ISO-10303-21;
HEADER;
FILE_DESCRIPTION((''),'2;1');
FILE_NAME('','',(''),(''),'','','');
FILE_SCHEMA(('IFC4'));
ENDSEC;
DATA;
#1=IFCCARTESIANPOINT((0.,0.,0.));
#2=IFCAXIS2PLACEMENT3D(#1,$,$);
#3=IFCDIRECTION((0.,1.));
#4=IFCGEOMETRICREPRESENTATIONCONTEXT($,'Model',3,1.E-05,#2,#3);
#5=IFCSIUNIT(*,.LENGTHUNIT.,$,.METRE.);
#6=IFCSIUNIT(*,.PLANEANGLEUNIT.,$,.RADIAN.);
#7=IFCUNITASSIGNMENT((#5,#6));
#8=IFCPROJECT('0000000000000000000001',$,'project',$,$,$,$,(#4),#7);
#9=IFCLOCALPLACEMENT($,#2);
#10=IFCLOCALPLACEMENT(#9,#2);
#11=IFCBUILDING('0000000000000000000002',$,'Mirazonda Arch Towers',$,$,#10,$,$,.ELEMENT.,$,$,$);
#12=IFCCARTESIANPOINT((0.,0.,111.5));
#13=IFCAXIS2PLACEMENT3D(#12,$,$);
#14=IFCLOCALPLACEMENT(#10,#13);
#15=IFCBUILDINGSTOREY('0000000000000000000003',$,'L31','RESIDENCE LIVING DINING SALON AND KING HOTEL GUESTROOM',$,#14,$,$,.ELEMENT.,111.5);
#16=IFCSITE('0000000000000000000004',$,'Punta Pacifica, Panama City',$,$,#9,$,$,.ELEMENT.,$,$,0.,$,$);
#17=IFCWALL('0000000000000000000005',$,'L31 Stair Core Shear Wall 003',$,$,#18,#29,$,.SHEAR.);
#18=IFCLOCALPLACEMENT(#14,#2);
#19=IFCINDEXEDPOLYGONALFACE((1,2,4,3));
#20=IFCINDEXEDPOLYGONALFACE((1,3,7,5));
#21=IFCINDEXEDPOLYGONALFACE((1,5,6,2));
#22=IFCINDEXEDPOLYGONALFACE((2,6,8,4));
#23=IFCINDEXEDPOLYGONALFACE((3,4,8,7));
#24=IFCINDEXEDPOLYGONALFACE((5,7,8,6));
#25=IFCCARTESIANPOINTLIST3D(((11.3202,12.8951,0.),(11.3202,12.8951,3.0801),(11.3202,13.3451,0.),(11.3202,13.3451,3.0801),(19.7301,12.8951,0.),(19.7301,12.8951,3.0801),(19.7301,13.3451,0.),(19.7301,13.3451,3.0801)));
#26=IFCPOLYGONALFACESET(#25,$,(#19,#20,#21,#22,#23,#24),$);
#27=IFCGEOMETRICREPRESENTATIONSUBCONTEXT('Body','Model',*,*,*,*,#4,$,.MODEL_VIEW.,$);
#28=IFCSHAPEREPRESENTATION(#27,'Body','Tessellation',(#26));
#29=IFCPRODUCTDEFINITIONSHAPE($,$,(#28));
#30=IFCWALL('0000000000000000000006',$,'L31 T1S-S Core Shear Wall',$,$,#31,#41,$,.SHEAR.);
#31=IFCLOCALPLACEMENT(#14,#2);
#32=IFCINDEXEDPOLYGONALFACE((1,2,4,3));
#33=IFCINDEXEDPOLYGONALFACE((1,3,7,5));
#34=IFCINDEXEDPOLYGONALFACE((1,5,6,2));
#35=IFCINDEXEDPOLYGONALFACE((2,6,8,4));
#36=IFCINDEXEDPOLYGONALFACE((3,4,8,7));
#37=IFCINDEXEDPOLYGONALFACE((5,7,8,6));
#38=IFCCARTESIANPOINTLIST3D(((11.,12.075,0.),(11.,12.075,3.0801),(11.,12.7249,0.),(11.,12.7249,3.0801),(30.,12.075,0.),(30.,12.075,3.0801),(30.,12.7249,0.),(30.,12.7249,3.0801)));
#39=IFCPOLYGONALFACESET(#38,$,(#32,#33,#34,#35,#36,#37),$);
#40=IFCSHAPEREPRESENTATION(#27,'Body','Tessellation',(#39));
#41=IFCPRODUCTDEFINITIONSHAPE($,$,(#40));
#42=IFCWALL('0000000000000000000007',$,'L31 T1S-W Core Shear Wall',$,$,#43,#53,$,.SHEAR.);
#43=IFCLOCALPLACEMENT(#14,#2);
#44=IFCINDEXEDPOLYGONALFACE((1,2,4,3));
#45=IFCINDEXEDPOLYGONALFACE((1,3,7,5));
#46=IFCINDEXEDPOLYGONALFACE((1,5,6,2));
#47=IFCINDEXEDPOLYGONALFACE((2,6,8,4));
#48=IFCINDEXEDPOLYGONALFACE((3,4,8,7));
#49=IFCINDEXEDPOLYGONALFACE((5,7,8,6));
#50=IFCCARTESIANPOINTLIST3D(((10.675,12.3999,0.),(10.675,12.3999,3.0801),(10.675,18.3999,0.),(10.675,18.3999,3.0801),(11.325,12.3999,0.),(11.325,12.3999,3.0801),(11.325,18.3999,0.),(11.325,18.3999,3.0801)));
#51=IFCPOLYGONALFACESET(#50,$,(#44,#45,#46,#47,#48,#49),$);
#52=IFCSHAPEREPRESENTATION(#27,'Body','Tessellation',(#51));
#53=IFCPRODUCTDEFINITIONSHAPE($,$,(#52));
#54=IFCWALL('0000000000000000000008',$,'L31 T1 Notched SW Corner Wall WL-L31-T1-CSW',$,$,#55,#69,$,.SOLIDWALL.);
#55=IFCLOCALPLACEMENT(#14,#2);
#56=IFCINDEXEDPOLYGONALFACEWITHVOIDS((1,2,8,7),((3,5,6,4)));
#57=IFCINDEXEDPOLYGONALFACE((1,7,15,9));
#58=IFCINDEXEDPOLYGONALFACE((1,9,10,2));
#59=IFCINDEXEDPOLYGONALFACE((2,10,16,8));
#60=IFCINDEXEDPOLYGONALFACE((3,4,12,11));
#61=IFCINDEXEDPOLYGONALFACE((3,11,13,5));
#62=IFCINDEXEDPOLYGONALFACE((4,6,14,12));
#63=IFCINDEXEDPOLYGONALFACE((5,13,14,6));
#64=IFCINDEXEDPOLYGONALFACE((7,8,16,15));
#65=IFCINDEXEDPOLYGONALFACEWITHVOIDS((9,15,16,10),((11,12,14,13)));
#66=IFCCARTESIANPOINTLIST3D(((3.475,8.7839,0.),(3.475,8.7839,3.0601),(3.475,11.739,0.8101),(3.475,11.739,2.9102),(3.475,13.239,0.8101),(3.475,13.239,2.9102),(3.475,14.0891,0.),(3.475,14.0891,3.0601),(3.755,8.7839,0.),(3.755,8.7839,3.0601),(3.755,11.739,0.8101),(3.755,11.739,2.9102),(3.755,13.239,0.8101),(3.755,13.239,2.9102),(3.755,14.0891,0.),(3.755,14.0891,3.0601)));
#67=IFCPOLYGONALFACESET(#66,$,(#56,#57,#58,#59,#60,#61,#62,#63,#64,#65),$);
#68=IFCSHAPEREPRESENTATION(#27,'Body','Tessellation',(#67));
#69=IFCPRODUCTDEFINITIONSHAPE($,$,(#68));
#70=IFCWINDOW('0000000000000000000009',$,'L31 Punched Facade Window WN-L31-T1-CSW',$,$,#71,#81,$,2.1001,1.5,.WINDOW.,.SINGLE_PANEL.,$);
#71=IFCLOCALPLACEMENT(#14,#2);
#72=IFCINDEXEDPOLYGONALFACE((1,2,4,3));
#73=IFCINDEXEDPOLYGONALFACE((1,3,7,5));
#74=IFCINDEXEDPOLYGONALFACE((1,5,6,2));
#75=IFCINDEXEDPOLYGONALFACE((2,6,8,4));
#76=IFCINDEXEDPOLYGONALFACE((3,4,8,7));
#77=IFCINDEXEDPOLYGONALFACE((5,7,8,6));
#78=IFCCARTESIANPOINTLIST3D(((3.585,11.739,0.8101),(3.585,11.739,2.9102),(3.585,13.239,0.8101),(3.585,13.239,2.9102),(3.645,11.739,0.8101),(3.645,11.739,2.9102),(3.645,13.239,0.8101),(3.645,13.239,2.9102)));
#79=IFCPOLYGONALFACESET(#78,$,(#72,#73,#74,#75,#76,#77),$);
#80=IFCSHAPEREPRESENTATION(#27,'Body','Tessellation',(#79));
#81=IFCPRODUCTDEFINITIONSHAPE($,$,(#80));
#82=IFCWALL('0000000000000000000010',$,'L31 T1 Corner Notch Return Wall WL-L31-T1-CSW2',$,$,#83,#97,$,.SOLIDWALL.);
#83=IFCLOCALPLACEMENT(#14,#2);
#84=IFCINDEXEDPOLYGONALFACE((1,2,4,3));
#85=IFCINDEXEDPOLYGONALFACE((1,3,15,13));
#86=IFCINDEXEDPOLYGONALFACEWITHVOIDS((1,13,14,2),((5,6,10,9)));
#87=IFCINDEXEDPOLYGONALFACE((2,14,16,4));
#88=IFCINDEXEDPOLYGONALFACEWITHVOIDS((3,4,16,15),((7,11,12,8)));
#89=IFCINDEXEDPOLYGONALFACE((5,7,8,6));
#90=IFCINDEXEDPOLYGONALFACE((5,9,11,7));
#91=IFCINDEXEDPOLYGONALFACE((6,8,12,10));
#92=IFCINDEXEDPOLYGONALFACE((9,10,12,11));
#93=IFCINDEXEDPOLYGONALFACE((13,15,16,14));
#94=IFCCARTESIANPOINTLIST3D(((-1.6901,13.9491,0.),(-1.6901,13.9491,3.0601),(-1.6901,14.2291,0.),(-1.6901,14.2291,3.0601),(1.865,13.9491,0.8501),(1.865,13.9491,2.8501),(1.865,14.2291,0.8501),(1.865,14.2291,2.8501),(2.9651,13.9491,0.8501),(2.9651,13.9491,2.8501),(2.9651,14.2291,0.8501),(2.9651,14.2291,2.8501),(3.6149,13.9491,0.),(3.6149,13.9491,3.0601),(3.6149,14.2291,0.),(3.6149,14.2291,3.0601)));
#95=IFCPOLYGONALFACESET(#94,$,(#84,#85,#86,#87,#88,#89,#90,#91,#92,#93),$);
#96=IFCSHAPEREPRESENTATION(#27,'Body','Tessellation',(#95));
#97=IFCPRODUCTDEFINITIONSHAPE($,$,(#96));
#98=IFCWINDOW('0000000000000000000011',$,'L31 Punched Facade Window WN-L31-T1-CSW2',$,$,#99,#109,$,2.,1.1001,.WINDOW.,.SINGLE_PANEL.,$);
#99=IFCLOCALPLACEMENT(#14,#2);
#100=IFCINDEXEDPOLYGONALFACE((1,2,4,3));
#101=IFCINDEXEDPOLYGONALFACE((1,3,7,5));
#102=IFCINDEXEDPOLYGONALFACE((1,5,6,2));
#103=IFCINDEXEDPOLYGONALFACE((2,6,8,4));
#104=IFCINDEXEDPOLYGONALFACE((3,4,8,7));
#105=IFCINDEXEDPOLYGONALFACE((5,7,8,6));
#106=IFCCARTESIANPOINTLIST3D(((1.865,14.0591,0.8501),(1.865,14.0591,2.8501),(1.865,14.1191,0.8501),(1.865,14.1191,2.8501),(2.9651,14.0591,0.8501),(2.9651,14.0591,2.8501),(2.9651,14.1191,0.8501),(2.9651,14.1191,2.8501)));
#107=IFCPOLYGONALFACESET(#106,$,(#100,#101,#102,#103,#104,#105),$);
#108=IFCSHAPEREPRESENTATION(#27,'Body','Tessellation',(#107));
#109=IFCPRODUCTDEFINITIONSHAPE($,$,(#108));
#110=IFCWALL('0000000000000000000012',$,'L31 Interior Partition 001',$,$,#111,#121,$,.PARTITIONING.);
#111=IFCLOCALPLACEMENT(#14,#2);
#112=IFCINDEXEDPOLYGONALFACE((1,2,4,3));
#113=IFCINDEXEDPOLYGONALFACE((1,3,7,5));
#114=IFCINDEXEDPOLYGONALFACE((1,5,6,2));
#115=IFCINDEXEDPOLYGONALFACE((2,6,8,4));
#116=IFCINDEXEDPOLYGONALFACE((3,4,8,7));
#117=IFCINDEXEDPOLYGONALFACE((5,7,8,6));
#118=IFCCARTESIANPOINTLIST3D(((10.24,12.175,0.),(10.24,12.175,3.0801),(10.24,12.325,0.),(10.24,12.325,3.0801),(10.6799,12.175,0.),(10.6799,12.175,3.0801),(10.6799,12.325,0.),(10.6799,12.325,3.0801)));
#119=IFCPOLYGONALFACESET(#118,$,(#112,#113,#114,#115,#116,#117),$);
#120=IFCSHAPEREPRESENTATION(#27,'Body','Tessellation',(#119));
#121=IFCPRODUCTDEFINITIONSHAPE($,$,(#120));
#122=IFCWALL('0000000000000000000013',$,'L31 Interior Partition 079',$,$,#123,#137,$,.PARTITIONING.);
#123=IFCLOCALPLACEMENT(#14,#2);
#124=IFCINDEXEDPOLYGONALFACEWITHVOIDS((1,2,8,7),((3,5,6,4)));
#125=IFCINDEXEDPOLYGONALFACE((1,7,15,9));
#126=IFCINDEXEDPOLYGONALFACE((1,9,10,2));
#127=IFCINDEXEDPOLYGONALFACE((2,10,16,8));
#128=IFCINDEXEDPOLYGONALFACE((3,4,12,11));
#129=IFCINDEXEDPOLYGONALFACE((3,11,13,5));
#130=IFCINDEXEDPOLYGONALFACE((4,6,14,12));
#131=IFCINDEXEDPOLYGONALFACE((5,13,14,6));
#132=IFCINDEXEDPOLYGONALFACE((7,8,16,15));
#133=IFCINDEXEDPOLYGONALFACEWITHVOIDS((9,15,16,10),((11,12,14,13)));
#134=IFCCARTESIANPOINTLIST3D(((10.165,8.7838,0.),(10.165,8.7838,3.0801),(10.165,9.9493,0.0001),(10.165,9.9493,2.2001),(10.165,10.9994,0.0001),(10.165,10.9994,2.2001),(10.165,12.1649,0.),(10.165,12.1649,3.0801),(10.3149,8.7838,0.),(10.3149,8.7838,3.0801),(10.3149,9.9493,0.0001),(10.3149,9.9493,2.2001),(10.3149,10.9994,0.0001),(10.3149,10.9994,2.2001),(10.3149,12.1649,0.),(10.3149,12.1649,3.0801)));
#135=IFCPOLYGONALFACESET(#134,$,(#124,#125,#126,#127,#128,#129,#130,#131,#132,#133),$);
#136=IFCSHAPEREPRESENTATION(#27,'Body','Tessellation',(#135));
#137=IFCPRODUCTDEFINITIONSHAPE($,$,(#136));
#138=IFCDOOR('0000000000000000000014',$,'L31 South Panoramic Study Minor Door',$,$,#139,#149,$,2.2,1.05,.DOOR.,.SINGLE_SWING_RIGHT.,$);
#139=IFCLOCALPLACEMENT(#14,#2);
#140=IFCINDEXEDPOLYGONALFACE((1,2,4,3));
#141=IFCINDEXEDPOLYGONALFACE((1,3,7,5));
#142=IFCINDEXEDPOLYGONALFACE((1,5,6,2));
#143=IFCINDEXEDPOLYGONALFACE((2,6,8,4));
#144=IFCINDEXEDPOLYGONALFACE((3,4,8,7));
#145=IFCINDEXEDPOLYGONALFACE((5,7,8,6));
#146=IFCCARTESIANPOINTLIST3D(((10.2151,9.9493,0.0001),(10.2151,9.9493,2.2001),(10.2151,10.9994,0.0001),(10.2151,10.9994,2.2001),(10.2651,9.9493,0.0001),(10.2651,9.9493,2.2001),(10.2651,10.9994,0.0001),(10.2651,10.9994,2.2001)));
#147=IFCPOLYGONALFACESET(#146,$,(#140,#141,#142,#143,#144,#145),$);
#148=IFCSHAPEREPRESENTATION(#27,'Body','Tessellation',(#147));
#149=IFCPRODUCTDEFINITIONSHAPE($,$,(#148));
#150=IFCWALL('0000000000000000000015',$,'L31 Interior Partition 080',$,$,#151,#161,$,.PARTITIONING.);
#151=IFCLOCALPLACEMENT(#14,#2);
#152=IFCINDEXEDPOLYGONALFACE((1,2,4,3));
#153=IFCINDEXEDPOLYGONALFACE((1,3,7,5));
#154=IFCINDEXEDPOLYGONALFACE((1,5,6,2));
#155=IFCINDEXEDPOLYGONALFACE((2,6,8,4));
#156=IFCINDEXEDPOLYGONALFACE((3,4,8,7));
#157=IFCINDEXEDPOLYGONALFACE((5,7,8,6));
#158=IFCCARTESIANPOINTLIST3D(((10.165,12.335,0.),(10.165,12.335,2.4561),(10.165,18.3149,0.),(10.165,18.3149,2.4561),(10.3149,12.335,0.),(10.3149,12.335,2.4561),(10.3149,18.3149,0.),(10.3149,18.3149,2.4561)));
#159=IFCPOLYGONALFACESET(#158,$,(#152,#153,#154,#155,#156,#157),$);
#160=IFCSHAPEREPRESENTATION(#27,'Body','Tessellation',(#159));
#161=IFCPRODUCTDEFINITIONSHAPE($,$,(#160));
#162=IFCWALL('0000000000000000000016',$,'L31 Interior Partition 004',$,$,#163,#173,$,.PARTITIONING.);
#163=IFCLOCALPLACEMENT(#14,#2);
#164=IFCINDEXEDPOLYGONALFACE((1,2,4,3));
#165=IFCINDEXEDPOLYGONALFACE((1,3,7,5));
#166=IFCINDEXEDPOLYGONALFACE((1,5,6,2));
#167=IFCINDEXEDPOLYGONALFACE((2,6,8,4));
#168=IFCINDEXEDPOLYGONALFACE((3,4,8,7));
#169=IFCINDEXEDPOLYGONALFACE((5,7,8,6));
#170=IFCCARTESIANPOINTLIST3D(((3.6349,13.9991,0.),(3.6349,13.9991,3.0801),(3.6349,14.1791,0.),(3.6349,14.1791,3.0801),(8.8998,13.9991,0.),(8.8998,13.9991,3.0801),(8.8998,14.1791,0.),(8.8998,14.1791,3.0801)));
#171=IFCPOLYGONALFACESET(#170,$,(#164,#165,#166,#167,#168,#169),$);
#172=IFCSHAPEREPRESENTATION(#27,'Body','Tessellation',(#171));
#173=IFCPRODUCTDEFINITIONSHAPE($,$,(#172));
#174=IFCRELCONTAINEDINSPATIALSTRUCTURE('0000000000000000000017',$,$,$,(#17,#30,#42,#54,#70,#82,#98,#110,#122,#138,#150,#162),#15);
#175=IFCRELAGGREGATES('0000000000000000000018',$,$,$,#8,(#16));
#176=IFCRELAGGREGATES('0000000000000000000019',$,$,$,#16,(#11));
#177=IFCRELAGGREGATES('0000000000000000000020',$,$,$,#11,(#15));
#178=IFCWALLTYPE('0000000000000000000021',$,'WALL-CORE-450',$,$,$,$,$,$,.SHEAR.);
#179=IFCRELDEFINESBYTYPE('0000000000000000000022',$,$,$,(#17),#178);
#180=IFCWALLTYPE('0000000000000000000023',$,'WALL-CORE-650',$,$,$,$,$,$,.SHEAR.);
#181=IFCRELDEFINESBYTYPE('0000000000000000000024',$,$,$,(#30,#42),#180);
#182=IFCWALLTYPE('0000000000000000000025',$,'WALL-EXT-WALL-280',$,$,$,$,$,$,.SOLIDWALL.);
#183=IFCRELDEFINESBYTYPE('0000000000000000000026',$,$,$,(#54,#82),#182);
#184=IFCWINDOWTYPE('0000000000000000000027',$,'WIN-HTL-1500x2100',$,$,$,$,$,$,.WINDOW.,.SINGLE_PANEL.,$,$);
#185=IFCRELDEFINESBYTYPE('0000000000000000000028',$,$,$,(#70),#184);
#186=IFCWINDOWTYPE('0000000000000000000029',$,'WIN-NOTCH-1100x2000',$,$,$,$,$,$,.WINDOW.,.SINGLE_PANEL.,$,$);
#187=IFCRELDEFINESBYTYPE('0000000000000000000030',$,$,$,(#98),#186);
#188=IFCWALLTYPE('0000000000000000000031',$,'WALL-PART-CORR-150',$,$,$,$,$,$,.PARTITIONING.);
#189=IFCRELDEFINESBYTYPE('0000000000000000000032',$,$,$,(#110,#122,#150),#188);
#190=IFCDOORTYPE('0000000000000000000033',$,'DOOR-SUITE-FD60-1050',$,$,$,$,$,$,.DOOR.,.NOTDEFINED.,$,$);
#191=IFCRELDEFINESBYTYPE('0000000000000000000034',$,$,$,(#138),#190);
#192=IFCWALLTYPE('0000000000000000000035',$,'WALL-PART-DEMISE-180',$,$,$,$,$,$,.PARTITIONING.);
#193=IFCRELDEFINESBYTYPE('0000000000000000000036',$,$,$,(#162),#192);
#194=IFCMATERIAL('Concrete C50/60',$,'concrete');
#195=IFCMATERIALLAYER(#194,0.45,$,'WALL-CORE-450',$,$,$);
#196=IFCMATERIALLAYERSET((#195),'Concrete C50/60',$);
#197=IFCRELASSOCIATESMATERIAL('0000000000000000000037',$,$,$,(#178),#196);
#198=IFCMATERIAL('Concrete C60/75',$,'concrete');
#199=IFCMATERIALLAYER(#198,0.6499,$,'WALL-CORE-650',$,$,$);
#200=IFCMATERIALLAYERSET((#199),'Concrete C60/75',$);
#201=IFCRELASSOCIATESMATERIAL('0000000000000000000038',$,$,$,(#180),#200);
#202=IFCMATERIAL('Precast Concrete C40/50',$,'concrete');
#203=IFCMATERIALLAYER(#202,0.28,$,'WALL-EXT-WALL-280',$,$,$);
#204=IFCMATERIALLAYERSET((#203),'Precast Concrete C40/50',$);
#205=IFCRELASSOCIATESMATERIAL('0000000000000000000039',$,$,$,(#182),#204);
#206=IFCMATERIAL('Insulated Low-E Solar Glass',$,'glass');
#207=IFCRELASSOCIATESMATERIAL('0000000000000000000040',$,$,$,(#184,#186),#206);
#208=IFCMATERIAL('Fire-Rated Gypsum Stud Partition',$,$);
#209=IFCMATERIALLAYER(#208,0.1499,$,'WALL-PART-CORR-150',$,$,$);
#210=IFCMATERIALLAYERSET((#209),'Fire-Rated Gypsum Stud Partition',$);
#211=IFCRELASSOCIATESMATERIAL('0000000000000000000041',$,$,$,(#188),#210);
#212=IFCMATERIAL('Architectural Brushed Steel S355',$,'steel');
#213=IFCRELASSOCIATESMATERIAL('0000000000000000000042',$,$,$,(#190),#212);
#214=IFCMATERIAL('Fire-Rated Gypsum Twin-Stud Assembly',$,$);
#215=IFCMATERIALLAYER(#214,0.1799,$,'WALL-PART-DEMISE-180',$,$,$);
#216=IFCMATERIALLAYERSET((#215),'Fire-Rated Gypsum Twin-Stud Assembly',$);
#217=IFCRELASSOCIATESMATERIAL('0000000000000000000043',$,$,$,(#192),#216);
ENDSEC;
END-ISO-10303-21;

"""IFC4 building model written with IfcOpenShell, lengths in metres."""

from ifc_helpers import new_model, si_unit, direction, frame, frame_2d, origin, place, context, subcontext, project, spatial, rectangle, extrude, material, layer, layer_set, type_object, element, fill, save


model = new_model("IFC4")

# Units and contexts
model_context = context("Model", 3, precision=1e-05, world=origin(), true_north=direction((0.0, 1.0)))
body_context = subcontext(model_context, "Body", "Model", "MODEL_VIEW")
ifc_project = project(units=[si_unit("LENGTHUNIT", "METRE"), si_unit("PLANEANGLEUNIT", "RADIAN")], contexts=[model_context])

# Site, building, storey
site_placement = place(None, origin())
site = spatial("IfcSite", under=ifc_project, at=site_placement, Name="Punta Pacifica, Panama City", CompositionType="ELEMENT", RefElevation=0.0)
building_placement = place(site_placement, origin())
building = spatial("IfcBuilding", under=site, at=building_placement, Name="Mirazonda Arch Towers", CompositionType="ELEMENT")
storey_placement = place(building_placement, frame((0.0, 0.0, 111.5)))
storey = spatial("IfcBuildingStorey", under=building, at=storey_placement, Name="L31", Description="RESIDENCE LIVING DINING SALON AND KING HOTEL GUESTROOM", CompositionType="ELEMENT", Elevation=111.5)

# Shared definitions
ifc_material_1 = material(Name="Concrete C50/60", Category="concrete")
ifc_material_2 = material(Name="Concrete C60/75", Category="concrete")

# Shared definitions
ifc_material_3 = material(Name="Insulated Low-E Solar Glass", Category="glass")

# Walls
ifc_layer_1 = layer(ifc_material_1, 0.45, Name="WALL-CORE-450")
ifc_layer_set_1 = layer_set([ifc_layer_1], Name="Concrete C50/60")
wall_type_1 = type_object("IfcWallType", Name="WALL-CORE-450", PredefinedType="SHEAR", material=ifc_layer_set_1)
wall_1_placement = place(storey_placement, frame((11.3201, 13.1201, 0.0), z_axis=(0.0, 0.0, 1.0), x_axis=(1.0, 0.0, 0.0)))
element("IfcWall", 1, at=wall_1_placement, inside=storey, type_object=wall_type_1, Name="L31 Stair Core Shear Wall 003", PredefinedType="SHEAR", context=body_context, shape_type="SweptSolid", body=[
    extrude(rectangle(XDim=8.4099, YDim=0.45, at=frame_2d((4.2051, 0.0))), origin(), (0.0, 0.0, 1.0), 3.0801),
])
ifc_layer_2 = layer(ifc_material_2, 0.6499, Name="WALL-CORE-650")
ifc_layer_set_2 = layer_set([ifc_layer_2], Name="Concrete C60/75")
wall_type_2 = type_object("IfcWallType", Name="WALL-CORE-650", PredefinedType="SHEAR", material=ifc_layer_set_2)
wall_2_placement = place(storey_placement, frame((11.0, 12.3999, 0.0), z_axis=(0.0, 0.0, 1.0), x_axis=(1.0, 0.0, 0.0)))
element("IfcWall", 2, at=wall_2_placement, inside=storey, type_object=wall_type_2, Name="L31 T1S-S Core Shear Wall", PredefinedType="SHEAR", context=body_context, shape_type="SweptSolid", body=[
    extrude(rectangle(XDim=19.0, YDim=0.6499, at=frame_2d((9.5, 0.0))), origin(), (0.0, 0.0, 1.0), 3.0801),
])
wall_3_placement = place(storey_placement, frame((11.0, 12.3999, 0.0), z_axis=(0.0, 0.0, 1.0), x_axis=(0.0, 1.0, 0.0)))
element("IfcWall", 3, at=wall_3_placement, inside=storey, type_object=wall_type_2, Name="L31 T1S-W Core Shear Wall", PredefinedType="SHEAR", context=body_context, shape_type="SweptSolid", body=[
    extrude(rectangle(XDim=6.0, YDim=0.6499, at=frame_2d((3.0, 0.0))), origin(), (0.0, 0.0, 1.0), 3.0801),
])

# Walls, openings, windows
ifc_material_4 = material(Name="Precast Concrete C40/50", Category="concrete")
ifc_layer_3 = layer(ifc_material_4, 0.28, Name="WALL-EXT-WALL-280")
ifc_layer_set_3 = layer_set([ifc_layer_3], Name="Precast Concrete C40/50")
wall_type_3 = type_object("IfcWallType", Name="WALL-EXT-WALL-280", PredefinedType="SOLIDWALL", material=ifc_layer_set_3)
wall_4_placement = place(storey_placement, frame((3.615, 14.0891, 0.0), z_axis=(0.0, 0.0, 1.0), x_axis=(0.0, -1.0, 0.0)))
wall_4 = element("IfcWall", 4, at=wall_4_placement, inside=storey, type_object=wall_type_3, Name="L31 T1 Notched SW Corner Wall WL-L31-T1-CSW", PredefinedType="SOLIDWALL", context=body_context, shape_type="SweptSolid", body=[
    extrude(rectangle(XDim=5.3052, YDim=0.28, at=frame_2d((2.6526, 0.0))), origin(), (0.0, 0.0, 1.0), 3.0601),
])
opening_1_placement = place(wall_4_placement, frame((0.8501, 0.0, 0.8101)))
opening_1 = element("IfcOpeningElement", 5, at=opening_1_placement, cuts=wall_4, PredefinedType="OPENING", context=body_context, shape_type="SweptSolid", body=[
    extrude(rectangle(XDim=1.5, YDim=2.1001, at=frame_2d((0.75, 1.05))), frame((0.0, 0.1499, 0.0), z_axis=(0.0, -1.0, 0.0), x_axis=(1.0, 0.0, 0.0)), (0.0, 0.0, 1.0), 0.3),
])
window_type_1 = type_object("IfcWindowType", Name="WIN-HTL-1500x2100", PartitioningType="SINGLE_PANEL", PredefinedType="WINDOW", material=ifc_material_3)
window_1_placement = place(opening_1_placement, origin())
window_1 = element("IfcWindow", 6, at=window_1_placement, inside=storey, type_object=window_type_1, Name="L31 Punched Facade Window WN-L31-T1-CSW", OverallHeight=2.1001, OverallWidth=1.5, PartitioningType="SINGLE_PANEL", PredefinedType="WINDOW", context=body_context, shape_type="SweptSolid", body=[
    extrude(rectangle(XDim=1.5, YDim=2.1001, at=frame_2d((0.75, 1.05))), frame((0.0, 0.03, 0.0), z_axis=(0.0, -1.0, 0.0), x_axis=(1.0, 0.0, 0.0)), (0.0, 0.0, 1.0), 0.0601),
])
fill(opening_1, window_1)
wall_5_placement = place(storey_placement, frame((-1.6899, 14.0891, 0.0), z_axis=(0.0, 0.0, 1.0), x_axis=(1.0, 0.0, 0.0)))
wall_5 = element("IfcWall", 7, at=wall_5_placement, inside=storey, type_object=wall_type_3, Name="L31 T1 Corner Notch Return Wall WL-L31-T1-CSW2", PredefinedType="SOLIDWALL", context=body_context, shape_type="SweptSolid", body=[
    extrude(rectangle(XDim=5.3049, YDim=0.28, at=frame_2d((2.6523, 0.0))), origin(), (0.0, 0.0, 1.0), 3.0601),
])
opening_2_placement = place(wall_5_placement, frame((3.5549, 0.0, 0.8501)))
opening_2 = element("IfcOpeningElement", 8, at=opening_2_placement, cuts=wall_5, PredefinedType="OPENING", context=body_context, shape_type="SweptSolid", body=[
    extrude(rectangle(XDim=1.1001, YDim=2.0, at=frame_2d((0.55, 1.0))), frame((0.0, 0.1499, 0.0), z_axis=(0.0, -1.0, 0.0), x_axis=(1.0, 0.0, 0.0)), (0.0, 0.0, 1.0), 0.3),
])
window_type_2 = type_object("IfcWindowType", Name="WIN-NOTCH-1100x2000", PartitioningType="SINGLE_PANEL", PredefinedType="WINDOW", material=ifc_material_3)
window_2_placement = place(opening_2_placement, origin())
window_2 = element("IfcWindow", 9, at=window_2_placement, inside=storey, type_object=window_type_2, Name="L31 Punched Facade Window WN-L31-T1-CSW2", OverallHeight=2.0, OverallWidth=1.1001, PartitioningType="SINGLE_PANEL", PredefinedType="WINDOW", context=body_context, shape_type="SweptSolid", body=[
    extrude(rectangle(XDim=1.1001, YDim=2.0, at=frame_2d((0.55, 1.0))), frame((0.0, 0.03, 0.0), z_axis=(0.0, -1.0, 0.0), x_axis=(1.0, 0.0, 0.0)), (0.0, 0.0, 1.0), 0.0601),
])
fill(opening_2, window_2)

# Wall
ifc_material_5 = material(Name="Fire-Rated Gypsum Stud Partition")
ifc_layer_4 = layer(ifc_material_5, 0.1499, Name="WALL-PART-CORR-150")
ifc_layer_set_4 = layer_set([ifc_layer_4], Name="Fire-Rated Gypsum Stud Partition")
wall_type_4 = type_object("IfcWallType", Name="WALL-PART-CORR-150", PredefinedType="PARTITIONING", material=ifc_layer_set_4)
wall_6_placement = place(storey_placement, frame((10.24, 12.25, 0.0), z_axis=(0.0, 0.0, 1.0), x_axis=(1.0, 0.0, 0.0)))
element("IfcWall", 10, at=wall_6_placement, inside=storey, type_object=wall_type_4, Name="L31 Interior Partition 001", PredefinedType="PARTITIONING", context=body_context, shape_type="SweptSolid", body=[
    extrude(rectangle(XDim=0.4399, YDim=0.1499, at=frame_2d((0.22, 0.0))), origin(), (0.0, 0.0, 1.0), 3.0801),
])

# Wall, opening, door
wall_7_placement = place(storey_placement, frame((10.24, 8.7839, 0.0), z_axis=(0.0, 0.0, 1.0), x_axis=(0.0, 1.0, 0.0)))
wall_7 = element("IfcWall", 11, at=wall_7_placement, inside=storey, type_object=wall_type_4, Name="L31 Interior Partition 079", PredefinedType="PARTITIONING", context=body_context, shape_type="SweptSolid", body=[
    extrude(rectangle(XDim=3.3811, YDim=0.1499, at=frame_2d((1.6904, 0.0))), origin(), (0.0, 0.0, 1.0), 3.0801),
])
opening_3_placement = place(wall_7_placement, frame((1.1655, 0.0, 0.0)))
opening_3 = element("IfcOpeningElement", 12, at=opening_3_placement, cuts=wall_7, PredefinedType="OPENING", context=body_context, shape_type="SweptSolid", body=[
    extrude(rectangle(XDim=1.05, YDim=2.2, at=frame_2d((0.5249, 1.1001))), frame((0.0, 0.085, 0.0), z_axis=(0.0, -1.0, 0.0), x_axis=(1.0, 0.0, 0.0)), (0.0, 0.0, 1.0), 0.1699),
])
ifc_material_6 = material(Name="Architectural Brushed Steel S355", Category="steel")
door_type_1 = type_object("IfcDoorType", Name="DOOR-SUITE-FD60-1050", OperationType="NOTDEFINED", PredefinedType="DOOR", material=ifc_material_6)
door_1_placement = place(opening_3_placement, origin())
door_1 = element("IfcDoor", 13, at=door_1_placement, inside=storey, type_object=door_type_1, Name="L31 South Panoramic Study Minor Door", OperationType="SINGLE_SWING_RIGHT", OverallHeight=2.2, OverallWidth=1.05, PredefinedType="DOOR", context=body_context, shape_type="SweptSolid", body=[
    extrude(rectangle(XDim=1.05, YDim=2.2, at=frame_2d((0.5249, 1.1001))), frame((0.0, 0.0249, 0.0), z_axis=(0.0, -1.0, 0.0), x_axis=(1.0, 0.0, 0.0)), (0.0, 0.0, 1.0), 0.05),
])
fill(opening_3, door_1)

# Walls
wall_8_placement = place(storey_placement, frame((10.24, 12.335, 0.0), z_axis=(0.0, 0.0, 1.0), x_axis=(0.0, 1.0, 0.0)))
element("IfcWall", 14, at=wall_8_placement, inside=storey, type_object=wall_type_4, Name="L31 Interior Partition 080", PredefinedType="PARTITIONING", context=body_context, shape_type="SweptSolid", body=[
    extrude(rectangle(XDim=5.98, YDim=0.1499, at=frame_2d((2.99, 0.0))), origin(), (0.0, 0.0, 1.0), 2.4561),
])
ifc_material_7 = material(Name="Fire-Rated Gypsum Twin-Stud Assembly")
ifc_layer_5 = layer(ifc_material_7, 0.1799, Name="WALL-PART-DEMISE-180")
ifc_layer_set_5 = layer_set([ifc_layer_5], Name="Fire-Rated Gypsum Twin-Stud Assembly")
wall_type_5 = type_object("IfcWallType", Name="WALL-PART-DEMISE-180", PredefinedType="PARTITIONING", material=ifc_layer_set_5)
wall_9_placement = place(storey_placement, frame((3.635, 14.0891, 0.0), z_axis=(0.0, 0.0, 1.0), x_axis=(1.0, 0.0, 0.0)))
element("IfcWall", 15, at=wall_9_placement, inside=storey, type_object=wall_type_5, Name="L31 Interior Partition 004", PredefinedType="PARTITIONING", context=body_context, shape_type="SweptSolid", body=[
    extrude(rectangle(XDim=5.2649, YDim=0.1799, at=frame_2d((2.6323, 0.0))), origin(), (0.0, 0.0, 1.0), 3.0801),
])

save(model, "model.ifc")
